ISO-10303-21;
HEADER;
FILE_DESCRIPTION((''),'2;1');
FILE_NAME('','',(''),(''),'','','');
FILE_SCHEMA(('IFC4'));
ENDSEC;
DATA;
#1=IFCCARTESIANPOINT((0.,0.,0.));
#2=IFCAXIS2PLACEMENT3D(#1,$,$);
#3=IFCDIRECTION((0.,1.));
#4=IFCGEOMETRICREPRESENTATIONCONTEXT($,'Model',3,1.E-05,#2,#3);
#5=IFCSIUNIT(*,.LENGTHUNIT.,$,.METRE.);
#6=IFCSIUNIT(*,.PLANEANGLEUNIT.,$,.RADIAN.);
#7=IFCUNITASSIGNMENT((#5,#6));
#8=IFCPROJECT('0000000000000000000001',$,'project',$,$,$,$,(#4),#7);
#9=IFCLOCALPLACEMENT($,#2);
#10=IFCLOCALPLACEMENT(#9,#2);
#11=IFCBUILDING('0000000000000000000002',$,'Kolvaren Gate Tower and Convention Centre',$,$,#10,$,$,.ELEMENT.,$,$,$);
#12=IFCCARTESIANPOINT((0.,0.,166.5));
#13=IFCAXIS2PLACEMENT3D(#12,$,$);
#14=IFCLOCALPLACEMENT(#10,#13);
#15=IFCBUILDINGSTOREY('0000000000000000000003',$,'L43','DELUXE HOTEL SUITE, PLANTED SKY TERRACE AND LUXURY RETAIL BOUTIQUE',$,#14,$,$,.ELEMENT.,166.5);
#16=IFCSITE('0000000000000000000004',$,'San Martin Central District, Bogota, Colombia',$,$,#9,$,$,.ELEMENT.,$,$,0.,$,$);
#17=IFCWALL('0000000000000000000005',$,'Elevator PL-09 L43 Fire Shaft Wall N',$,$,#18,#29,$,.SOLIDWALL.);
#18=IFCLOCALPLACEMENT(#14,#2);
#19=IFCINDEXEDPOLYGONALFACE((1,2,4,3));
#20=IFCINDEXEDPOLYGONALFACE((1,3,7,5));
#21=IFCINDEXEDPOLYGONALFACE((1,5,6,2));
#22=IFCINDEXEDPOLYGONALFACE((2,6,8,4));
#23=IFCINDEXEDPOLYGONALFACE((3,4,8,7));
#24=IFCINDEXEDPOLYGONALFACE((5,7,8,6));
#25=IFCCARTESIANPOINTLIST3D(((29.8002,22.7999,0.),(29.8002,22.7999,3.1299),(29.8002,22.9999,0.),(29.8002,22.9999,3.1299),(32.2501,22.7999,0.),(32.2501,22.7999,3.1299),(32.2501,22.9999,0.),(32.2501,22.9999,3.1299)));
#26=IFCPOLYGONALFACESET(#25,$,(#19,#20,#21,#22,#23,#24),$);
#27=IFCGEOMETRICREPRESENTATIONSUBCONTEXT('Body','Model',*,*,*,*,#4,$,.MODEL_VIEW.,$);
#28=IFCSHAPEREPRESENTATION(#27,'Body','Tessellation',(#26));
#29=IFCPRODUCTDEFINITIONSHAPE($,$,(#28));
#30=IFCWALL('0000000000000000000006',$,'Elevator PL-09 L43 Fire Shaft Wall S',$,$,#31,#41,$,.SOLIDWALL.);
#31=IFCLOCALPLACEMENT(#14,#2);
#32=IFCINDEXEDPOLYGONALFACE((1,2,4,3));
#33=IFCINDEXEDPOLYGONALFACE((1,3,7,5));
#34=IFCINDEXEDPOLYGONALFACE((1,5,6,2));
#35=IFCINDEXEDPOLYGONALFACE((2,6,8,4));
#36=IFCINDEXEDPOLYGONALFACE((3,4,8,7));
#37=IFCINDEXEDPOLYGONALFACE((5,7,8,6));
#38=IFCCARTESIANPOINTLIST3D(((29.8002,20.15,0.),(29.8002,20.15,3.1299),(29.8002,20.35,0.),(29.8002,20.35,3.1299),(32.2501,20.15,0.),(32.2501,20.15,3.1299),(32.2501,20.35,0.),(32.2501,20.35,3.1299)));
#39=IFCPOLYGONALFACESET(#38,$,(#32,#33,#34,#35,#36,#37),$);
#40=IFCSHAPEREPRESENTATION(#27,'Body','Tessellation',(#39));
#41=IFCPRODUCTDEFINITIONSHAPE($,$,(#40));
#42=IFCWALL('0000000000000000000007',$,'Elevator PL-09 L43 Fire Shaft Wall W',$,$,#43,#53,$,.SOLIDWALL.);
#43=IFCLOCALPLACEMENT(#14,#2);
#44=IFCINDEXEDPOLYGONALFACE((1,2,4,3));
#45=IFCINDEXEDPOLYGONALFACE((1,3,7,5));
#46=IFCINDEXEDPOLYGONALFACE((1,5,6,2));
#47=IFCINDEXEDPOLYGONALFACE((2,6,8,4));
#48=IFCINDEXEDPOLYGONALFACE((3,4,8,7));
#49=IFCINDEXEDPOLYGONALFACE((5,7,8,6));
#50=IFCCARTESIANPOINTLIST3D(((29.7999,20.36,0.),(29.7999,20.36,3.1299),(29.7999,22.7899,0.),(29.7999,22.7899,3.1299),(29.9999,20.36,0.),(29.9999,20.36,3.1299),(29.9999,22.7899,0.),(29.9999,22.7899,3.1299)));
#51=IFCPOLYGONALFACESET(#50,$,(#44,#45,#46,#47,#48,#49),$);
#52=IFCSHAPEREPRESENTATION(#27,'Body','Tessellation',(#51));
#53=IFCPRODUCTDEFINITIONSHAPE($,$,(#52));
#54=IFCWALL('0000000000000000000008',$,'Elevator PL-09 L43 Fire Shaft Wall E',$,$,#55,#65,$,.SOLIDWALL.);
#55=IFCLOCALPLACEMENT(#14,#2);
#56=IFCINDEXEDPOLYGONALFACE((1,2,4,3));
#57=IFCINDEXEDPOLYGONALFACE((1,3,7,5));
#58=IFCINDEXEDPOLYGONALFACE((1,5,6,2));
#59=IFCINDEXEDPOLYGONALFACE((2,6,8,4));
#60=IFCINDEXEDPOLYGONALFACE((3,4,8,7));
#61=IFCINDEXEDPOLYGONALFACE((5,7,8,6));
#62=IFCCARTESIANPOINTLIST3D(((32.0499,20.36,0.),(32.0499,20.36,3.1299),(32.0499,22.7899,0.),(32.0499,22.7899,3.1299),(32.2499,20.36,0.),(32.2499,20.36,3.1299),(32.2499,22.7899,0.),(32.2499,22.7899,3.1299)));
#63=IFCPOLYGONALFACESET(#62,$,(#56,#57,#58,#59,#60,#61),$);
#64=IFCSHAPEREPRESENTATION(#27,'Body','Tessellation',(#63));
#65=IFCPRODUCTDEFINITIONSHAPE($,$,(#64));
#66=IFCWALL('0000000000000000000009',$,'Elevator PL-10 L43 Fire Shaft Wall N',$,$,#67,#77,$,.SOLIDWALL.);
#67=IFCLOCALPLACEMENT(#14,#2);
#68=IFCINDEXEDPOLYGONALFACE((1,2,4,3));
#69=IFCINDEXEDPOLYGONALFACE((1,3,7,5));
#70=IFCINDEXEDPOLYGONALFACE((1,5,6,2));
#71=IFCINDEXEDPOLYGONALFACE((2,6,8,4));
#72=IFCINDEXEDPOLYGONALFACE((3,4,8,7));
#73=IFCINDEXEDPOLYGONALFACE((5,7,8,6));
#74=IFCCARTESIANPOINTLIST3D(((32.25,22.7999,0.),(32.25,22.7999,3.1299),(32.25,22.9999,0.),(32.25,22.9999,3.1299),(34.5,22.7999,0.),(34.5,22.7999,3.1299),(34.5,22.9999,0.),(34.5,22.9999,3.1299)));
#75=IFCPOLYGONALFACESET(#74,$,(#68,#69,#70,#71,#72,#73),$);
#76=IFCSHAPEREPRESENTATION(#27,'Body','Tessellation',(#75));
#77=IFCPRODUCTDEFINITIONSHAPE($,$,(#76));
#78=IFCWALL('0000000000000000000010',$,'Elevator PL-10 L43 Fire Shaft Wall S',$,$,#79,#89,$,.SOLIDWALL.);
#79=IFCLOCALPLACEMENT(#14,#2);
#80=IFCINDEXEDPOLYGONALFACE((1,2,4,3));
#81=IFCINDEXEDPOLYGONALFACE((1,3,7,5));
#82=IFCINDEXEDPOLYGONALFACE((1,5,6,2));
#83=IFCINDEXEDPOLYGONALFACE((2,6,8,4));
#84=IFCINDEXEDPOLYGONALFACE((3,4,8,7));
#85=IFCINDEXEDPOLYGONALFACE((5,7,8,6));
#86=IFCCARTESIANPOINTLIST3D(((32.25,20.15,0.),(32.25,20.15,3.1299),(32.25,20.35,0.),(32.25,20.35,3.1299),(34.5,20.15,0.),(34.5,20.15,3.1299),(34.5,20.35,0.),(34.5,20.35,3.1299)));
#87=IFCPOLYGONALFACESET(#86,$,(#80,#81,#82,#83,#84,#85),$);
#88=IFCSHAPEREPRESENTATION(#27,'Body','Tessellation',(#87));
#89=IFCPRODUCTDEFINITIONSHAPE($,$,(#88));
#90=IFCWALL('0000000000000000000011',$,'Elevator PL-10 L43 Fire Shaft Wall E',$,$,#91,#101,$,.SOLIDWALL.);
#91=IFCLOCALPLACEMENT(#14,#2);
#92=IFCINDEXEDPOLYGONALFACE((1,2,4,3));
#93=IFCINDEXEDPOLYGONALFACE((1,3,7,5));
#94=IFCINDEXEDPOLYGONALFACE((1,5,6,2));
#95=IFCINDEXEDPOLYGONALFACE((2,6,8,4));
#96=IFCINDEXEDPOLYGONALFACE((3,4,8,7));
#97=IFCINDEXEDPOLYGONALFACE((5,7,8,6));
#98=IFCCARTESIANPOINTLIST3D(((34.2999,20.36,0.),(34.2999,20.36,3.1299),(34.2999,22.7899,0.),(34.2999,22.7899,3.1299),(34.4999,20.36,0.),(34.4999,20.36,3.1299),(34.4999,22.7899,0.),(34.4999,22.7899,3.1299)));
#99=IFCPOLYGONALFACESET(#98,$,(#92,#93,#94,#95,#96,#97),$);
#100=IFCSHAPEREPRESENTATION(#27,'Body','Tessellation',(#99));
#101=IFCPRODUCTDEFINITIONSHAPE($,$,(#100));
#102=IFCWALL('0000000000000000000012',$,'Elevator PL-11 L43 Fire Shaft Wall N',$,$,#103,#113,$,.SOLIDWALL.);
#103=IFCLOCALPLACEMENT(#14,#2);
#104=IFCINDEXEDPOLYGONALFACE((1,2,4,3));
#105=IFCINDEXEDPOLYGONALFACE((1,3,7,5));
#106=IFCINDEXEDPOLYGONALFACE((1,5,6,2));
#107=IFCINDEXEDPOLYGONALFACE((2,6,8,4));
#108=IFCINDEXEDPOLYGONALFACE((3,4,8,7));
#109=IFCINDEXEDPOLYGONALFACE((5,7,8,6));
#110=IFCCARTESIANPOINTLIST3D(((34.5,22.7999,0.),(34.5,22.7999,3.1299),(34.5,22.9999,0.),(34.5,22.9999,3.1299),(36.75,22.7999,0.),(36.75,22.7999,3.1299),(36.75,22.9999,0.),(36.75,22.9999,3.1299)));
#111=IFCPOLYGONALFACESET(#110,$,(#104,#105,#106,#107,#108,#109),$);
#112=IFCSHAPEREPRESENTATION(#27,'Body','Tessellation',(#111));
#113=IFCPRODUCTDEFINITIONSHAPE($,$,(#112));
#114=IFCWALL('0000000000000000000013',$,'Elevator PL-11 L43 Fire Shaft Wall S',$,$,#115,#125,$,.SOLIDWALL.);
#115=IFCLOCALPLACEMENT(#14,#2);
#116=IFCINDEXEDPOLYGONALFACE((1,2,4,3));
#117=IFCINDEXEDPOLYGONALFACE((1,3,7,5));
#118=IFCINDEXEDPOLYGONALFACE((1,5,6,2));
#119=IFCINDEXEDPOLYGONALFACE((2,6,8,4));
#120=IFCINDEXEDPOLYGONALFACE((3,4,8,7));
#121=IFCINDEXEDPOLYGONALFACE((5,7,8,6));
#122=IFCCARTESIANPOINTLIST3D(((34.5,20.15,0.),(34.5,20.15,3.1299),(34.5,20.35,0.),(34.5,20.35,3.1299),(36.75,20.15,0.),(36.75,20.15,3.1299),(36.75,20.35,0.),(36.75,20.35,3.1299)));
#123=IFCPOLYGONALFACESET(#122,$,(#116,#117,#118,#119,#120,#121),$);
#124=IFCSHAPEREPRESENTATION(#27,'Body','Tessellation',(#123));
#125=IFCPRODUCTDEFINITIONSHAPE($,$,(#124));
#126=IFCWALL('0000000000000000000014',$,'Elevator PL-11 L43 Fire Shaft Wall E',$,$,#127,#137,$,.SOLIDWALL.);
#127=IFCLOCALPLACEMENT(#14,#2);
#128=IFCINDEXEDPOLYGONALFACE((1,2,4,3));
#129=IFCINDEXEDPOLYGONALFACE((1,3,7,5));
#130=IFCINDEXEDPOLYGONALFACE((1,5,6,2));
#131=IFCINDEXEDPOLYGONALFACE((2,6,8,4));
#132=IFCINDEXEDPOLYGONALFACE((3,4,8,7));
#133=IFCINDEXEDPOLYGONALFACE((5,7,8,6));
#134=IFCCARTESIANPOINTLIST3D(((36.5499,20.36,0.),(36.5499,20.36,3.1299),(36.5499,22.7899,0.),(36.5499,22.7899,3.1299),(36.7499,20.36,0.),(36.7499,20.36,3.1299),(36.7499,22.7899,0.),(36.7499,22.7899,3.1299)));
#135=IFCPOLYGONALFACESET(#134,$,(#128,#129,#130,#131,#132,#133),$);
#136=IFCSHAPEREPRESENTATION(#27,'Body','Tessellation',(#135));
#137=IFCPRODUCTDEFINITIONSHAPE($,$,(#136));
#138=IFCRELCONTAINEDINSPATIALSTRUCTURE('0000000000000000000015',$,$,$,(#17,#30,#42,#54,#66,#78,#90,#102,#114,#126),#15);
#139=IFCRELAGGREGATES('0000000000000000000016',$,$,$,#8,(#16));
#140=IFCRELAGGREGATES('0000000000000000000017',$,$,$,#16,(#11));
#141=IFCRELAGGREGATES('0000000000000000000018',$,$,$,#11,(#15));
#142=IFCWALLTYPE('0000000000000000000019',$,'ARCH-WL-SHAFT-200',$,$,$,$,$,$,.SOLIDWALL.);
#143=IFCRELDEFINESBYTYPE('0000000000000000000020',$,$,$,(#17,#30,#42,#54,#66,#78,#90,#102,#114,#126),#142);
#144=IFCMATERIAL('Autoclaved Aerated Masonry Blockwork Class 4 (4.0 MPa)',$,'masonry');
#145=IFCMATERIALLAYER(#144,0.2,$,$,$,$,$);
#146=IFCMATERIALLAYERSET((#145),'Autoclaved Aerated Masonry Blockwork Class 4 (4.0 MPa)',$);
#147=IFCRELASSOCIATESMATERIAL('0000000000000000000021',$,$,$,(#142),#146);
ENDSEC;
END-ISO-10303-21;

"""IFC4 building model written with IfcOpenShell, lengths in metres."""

from ifc_helpers import new_model, si_unit, direction, frame, frame_2d, origin, place, context, subcontext, project, spatial, rectangle, extrude, material, layer, layer_set, type_object, element, save


model = new_model("IFC4")

# Units and contexts
model_context = context("Model", 3, precision=1e-05, world=origin(), true_north=direction((0.0, 1.0)))
body_context = subcontext(model_context, "Body", "Model", "MODEL_VIEW")
ifc_project = project(units=[si_unit("LENGTHUNIT", "METRE"), si_unit("PLANEANGLEUNIT", "RADIAN")], contexts=[model_context])

# Site, building, storey
site_placement = place(None, origin())
site = spatial("IfcSite", under=ifc_project, at=site_placement, Name="San Martin Central District, Bogota, Colombia", CompositionType="ELEMENT", RefElevation=0.0)
building_placement = place(site_placement, origin())
building = spatial("IfcBuilding", under=site, at=building_placement, Name="Kolvaren Gate Tower and Convention Centre", CompositionType="ELEMENT")
storey_placement = place(building_placement, frame((0.0, 0.0, 166.5)))
storey = spatial("IfcBuildingStorey", under=building, at=storey_placement, Name="L43", Description="DELUXE HOTEL SUITE, PLANTED SKY TERRACE AND LUXURY RETAIL BOUTIQUE", CompositionType="ELEMENT", Elevation=166.5)

# Shared definitions
ifc_material_1 = material(Name="Autoclaved Aerated Masonry Blockwork Class 4 (4.0 MPa)", Category="masonry")
ifc_layer = layer(ifc_material_1, 0.2)
ifc_layer_set = layer_set([ifc_layer], Name="Autoclaved Aerated Masonry Blockwork Class 4 (4.0 MPa)")
wall_type = type_object("IfcWallType", Name="ARCH-WL-SHAFT-200", PredefinedType="SOLIDWALL", material=ifc_layer_set)

# Walls
for number, where, z_axis, x_axis, name in (
    (1, (29.8, 22.8999, 0.0), (0.0, 0.0, 1.0), (1.0, 0.0, 0.0), "Elevator PL-09 L43 Fire Shaft Wall N"),
    (2, (29.8, 20.25, 0.0), (0.0, 0.0, 1.0), (1.0, 0.0, 0.0), "Elevator PL-09 L43 Fire Shaft Wall S"),
):
    element("IfcWall", number, at=place(storey_placement, frame(where, z_axis=z_axis, x_axis=x_axis)), inside=storey, type_object=wall_type, Name=name, PredefinedType="SOLIDWALL", context=body_context, shape_type="SweptSolid", body=[
        extrude(rectangle(XDim=2.45, YDim=0.2, at=frame_2d((1.2251, 0.0))), origin(), (0.0, 0.0, 1.0), 3.1299),
    ])
for number, where, z_axis, x_axis, name in (
    (3, (29.8999, 20.3601, 0.0), (0.0, 0.0, 1.0), (0.0, 1.0, 0.0), "Elevator PL-09 L43 Fire Shaft Wall W"),
    (4, (32.1499, 20.3601, 0.0), (0.0, 0.0, 1.0), (0.0, 1.0, 0.0), "Elevator PL-09 L43 Fire Shaft Wall E"),
):
    element("IfcWall", number, at=place(storey_placement, frame(where, z_axis=z_axis, x_axis=x_axis)), inside=storey, type_object=wall_type, Name=name, PredefinedType="SOLIDWALL", context=body_context, shape_type="SweptSolid", body=[
        extrude(rectangle(XDim=2.4299, YDim=0.2, at=frame_2d((1.2148, 0.0))), origin(), (0.0, 0.0, 1.0), 3.1299),
    ])
for number, where, z_axis, x_axis, name in (
    (5, (32.25, 22.8999, 0.0), (0.0, 0.0, 1.0), (1.0, 0.0, 0.0), "Elevator PL-10 L43 Fire Shaft Wall N"),
    (6, (32.25, 20.25, 0.0), (0.0, 0.0, 1.0), (1.0, 0.0, 0.0), "Elevator PL-10 L43 Fire Shaft Wall S"),
):
    element("IfcWall", number, at=place(storey_placement, frame(where, z_axis=z_axis, x_axis=x_axis)), inside=storey, type_object=wall_type, Name=name, PredefinedType="SOLIDWALL", context=body_context, shape_type="SweptSolid", body=[
        extrude(rectangle(XDim=2.25, YDim=0.2, at=frame_2d((1.125, 0.0))), origin(), (0.0, 0.0, 1.0), 3.1299),
    ])
wall_1_placement = place(storey_placement, frame((34.3999, 20.3601, 0.0), z_axis=(0.0, 0.0, 1.0), x_axis=(0.0, 1.0, 0.0)))
element("IfcWall", 7, at=wall_1_placement, inside=storey, type_object=wall_type, Name="Elevator PL-10 L43 Fire Shaft Wall E", PredefinedType="SOLIDWALL", context=body_context, shape_type="SweptSolid", body=[
    extrude(rectangle(XDim=2.4299, YDim=0.2, at=frame_2d((1.2148, 0.0))), origin(), (0.0, 0.0, 1.0), 3.1299),
])
for number, where, z_axis, x_axis, name in (
    (8, (34.5, 22.8999, 0.0), (0.0, 0.0, 1.0), (1.0, 0.0, 0.0), "Elevator PL-11 L43 Fire Shaft Wall N"),
    (9, (34.5, 20.25, 0.0), (0.0, 0.0, 1.0), (1.0, 0.0, 0.0), "Elevator PL-11 L43 Fire Shaft Wall S"),
):
    element("IfcWall", number, at=place(storey_placement, frame(where, z_axis=z_axis, x_axis=x_axis)), inside=storey, type_object=wall_type, Name=name, PredefinedType="SOLIDWALL", context=body_context, shape_type="SweptSolid", body=[
        extrude(rectangle(XDim=2.25, YDim=0.2, at=frame_2d((1.125, 0.0))), origin(), (0.0, 0.0, 1.0), 3.1299),
    ])
wall_2_placement = place(storey_placement, frame((36.6499, 20.3601, 0.0), z_axis=(0.0, 0.0, 1.0), x_axis=(0.0, 1.0, 0.0)))
element("IfcWall", 10, at=wall_2_placement, inside=storey, type_object=wall_type, Name="Elevator PL-11 L43 Fire Shaft Wall E", PredefinedType="SOLIDWALL", context=body_context, shape_type="SweptSolid", body=[
    extrude(rectangle(XDim=2.4299, YDim=0.2, at=frame_2d((1.2148, 0.0))), origin(), (0.0, 0.0, 1.0), 3.1299),
])

save(model, "model.ifc")
